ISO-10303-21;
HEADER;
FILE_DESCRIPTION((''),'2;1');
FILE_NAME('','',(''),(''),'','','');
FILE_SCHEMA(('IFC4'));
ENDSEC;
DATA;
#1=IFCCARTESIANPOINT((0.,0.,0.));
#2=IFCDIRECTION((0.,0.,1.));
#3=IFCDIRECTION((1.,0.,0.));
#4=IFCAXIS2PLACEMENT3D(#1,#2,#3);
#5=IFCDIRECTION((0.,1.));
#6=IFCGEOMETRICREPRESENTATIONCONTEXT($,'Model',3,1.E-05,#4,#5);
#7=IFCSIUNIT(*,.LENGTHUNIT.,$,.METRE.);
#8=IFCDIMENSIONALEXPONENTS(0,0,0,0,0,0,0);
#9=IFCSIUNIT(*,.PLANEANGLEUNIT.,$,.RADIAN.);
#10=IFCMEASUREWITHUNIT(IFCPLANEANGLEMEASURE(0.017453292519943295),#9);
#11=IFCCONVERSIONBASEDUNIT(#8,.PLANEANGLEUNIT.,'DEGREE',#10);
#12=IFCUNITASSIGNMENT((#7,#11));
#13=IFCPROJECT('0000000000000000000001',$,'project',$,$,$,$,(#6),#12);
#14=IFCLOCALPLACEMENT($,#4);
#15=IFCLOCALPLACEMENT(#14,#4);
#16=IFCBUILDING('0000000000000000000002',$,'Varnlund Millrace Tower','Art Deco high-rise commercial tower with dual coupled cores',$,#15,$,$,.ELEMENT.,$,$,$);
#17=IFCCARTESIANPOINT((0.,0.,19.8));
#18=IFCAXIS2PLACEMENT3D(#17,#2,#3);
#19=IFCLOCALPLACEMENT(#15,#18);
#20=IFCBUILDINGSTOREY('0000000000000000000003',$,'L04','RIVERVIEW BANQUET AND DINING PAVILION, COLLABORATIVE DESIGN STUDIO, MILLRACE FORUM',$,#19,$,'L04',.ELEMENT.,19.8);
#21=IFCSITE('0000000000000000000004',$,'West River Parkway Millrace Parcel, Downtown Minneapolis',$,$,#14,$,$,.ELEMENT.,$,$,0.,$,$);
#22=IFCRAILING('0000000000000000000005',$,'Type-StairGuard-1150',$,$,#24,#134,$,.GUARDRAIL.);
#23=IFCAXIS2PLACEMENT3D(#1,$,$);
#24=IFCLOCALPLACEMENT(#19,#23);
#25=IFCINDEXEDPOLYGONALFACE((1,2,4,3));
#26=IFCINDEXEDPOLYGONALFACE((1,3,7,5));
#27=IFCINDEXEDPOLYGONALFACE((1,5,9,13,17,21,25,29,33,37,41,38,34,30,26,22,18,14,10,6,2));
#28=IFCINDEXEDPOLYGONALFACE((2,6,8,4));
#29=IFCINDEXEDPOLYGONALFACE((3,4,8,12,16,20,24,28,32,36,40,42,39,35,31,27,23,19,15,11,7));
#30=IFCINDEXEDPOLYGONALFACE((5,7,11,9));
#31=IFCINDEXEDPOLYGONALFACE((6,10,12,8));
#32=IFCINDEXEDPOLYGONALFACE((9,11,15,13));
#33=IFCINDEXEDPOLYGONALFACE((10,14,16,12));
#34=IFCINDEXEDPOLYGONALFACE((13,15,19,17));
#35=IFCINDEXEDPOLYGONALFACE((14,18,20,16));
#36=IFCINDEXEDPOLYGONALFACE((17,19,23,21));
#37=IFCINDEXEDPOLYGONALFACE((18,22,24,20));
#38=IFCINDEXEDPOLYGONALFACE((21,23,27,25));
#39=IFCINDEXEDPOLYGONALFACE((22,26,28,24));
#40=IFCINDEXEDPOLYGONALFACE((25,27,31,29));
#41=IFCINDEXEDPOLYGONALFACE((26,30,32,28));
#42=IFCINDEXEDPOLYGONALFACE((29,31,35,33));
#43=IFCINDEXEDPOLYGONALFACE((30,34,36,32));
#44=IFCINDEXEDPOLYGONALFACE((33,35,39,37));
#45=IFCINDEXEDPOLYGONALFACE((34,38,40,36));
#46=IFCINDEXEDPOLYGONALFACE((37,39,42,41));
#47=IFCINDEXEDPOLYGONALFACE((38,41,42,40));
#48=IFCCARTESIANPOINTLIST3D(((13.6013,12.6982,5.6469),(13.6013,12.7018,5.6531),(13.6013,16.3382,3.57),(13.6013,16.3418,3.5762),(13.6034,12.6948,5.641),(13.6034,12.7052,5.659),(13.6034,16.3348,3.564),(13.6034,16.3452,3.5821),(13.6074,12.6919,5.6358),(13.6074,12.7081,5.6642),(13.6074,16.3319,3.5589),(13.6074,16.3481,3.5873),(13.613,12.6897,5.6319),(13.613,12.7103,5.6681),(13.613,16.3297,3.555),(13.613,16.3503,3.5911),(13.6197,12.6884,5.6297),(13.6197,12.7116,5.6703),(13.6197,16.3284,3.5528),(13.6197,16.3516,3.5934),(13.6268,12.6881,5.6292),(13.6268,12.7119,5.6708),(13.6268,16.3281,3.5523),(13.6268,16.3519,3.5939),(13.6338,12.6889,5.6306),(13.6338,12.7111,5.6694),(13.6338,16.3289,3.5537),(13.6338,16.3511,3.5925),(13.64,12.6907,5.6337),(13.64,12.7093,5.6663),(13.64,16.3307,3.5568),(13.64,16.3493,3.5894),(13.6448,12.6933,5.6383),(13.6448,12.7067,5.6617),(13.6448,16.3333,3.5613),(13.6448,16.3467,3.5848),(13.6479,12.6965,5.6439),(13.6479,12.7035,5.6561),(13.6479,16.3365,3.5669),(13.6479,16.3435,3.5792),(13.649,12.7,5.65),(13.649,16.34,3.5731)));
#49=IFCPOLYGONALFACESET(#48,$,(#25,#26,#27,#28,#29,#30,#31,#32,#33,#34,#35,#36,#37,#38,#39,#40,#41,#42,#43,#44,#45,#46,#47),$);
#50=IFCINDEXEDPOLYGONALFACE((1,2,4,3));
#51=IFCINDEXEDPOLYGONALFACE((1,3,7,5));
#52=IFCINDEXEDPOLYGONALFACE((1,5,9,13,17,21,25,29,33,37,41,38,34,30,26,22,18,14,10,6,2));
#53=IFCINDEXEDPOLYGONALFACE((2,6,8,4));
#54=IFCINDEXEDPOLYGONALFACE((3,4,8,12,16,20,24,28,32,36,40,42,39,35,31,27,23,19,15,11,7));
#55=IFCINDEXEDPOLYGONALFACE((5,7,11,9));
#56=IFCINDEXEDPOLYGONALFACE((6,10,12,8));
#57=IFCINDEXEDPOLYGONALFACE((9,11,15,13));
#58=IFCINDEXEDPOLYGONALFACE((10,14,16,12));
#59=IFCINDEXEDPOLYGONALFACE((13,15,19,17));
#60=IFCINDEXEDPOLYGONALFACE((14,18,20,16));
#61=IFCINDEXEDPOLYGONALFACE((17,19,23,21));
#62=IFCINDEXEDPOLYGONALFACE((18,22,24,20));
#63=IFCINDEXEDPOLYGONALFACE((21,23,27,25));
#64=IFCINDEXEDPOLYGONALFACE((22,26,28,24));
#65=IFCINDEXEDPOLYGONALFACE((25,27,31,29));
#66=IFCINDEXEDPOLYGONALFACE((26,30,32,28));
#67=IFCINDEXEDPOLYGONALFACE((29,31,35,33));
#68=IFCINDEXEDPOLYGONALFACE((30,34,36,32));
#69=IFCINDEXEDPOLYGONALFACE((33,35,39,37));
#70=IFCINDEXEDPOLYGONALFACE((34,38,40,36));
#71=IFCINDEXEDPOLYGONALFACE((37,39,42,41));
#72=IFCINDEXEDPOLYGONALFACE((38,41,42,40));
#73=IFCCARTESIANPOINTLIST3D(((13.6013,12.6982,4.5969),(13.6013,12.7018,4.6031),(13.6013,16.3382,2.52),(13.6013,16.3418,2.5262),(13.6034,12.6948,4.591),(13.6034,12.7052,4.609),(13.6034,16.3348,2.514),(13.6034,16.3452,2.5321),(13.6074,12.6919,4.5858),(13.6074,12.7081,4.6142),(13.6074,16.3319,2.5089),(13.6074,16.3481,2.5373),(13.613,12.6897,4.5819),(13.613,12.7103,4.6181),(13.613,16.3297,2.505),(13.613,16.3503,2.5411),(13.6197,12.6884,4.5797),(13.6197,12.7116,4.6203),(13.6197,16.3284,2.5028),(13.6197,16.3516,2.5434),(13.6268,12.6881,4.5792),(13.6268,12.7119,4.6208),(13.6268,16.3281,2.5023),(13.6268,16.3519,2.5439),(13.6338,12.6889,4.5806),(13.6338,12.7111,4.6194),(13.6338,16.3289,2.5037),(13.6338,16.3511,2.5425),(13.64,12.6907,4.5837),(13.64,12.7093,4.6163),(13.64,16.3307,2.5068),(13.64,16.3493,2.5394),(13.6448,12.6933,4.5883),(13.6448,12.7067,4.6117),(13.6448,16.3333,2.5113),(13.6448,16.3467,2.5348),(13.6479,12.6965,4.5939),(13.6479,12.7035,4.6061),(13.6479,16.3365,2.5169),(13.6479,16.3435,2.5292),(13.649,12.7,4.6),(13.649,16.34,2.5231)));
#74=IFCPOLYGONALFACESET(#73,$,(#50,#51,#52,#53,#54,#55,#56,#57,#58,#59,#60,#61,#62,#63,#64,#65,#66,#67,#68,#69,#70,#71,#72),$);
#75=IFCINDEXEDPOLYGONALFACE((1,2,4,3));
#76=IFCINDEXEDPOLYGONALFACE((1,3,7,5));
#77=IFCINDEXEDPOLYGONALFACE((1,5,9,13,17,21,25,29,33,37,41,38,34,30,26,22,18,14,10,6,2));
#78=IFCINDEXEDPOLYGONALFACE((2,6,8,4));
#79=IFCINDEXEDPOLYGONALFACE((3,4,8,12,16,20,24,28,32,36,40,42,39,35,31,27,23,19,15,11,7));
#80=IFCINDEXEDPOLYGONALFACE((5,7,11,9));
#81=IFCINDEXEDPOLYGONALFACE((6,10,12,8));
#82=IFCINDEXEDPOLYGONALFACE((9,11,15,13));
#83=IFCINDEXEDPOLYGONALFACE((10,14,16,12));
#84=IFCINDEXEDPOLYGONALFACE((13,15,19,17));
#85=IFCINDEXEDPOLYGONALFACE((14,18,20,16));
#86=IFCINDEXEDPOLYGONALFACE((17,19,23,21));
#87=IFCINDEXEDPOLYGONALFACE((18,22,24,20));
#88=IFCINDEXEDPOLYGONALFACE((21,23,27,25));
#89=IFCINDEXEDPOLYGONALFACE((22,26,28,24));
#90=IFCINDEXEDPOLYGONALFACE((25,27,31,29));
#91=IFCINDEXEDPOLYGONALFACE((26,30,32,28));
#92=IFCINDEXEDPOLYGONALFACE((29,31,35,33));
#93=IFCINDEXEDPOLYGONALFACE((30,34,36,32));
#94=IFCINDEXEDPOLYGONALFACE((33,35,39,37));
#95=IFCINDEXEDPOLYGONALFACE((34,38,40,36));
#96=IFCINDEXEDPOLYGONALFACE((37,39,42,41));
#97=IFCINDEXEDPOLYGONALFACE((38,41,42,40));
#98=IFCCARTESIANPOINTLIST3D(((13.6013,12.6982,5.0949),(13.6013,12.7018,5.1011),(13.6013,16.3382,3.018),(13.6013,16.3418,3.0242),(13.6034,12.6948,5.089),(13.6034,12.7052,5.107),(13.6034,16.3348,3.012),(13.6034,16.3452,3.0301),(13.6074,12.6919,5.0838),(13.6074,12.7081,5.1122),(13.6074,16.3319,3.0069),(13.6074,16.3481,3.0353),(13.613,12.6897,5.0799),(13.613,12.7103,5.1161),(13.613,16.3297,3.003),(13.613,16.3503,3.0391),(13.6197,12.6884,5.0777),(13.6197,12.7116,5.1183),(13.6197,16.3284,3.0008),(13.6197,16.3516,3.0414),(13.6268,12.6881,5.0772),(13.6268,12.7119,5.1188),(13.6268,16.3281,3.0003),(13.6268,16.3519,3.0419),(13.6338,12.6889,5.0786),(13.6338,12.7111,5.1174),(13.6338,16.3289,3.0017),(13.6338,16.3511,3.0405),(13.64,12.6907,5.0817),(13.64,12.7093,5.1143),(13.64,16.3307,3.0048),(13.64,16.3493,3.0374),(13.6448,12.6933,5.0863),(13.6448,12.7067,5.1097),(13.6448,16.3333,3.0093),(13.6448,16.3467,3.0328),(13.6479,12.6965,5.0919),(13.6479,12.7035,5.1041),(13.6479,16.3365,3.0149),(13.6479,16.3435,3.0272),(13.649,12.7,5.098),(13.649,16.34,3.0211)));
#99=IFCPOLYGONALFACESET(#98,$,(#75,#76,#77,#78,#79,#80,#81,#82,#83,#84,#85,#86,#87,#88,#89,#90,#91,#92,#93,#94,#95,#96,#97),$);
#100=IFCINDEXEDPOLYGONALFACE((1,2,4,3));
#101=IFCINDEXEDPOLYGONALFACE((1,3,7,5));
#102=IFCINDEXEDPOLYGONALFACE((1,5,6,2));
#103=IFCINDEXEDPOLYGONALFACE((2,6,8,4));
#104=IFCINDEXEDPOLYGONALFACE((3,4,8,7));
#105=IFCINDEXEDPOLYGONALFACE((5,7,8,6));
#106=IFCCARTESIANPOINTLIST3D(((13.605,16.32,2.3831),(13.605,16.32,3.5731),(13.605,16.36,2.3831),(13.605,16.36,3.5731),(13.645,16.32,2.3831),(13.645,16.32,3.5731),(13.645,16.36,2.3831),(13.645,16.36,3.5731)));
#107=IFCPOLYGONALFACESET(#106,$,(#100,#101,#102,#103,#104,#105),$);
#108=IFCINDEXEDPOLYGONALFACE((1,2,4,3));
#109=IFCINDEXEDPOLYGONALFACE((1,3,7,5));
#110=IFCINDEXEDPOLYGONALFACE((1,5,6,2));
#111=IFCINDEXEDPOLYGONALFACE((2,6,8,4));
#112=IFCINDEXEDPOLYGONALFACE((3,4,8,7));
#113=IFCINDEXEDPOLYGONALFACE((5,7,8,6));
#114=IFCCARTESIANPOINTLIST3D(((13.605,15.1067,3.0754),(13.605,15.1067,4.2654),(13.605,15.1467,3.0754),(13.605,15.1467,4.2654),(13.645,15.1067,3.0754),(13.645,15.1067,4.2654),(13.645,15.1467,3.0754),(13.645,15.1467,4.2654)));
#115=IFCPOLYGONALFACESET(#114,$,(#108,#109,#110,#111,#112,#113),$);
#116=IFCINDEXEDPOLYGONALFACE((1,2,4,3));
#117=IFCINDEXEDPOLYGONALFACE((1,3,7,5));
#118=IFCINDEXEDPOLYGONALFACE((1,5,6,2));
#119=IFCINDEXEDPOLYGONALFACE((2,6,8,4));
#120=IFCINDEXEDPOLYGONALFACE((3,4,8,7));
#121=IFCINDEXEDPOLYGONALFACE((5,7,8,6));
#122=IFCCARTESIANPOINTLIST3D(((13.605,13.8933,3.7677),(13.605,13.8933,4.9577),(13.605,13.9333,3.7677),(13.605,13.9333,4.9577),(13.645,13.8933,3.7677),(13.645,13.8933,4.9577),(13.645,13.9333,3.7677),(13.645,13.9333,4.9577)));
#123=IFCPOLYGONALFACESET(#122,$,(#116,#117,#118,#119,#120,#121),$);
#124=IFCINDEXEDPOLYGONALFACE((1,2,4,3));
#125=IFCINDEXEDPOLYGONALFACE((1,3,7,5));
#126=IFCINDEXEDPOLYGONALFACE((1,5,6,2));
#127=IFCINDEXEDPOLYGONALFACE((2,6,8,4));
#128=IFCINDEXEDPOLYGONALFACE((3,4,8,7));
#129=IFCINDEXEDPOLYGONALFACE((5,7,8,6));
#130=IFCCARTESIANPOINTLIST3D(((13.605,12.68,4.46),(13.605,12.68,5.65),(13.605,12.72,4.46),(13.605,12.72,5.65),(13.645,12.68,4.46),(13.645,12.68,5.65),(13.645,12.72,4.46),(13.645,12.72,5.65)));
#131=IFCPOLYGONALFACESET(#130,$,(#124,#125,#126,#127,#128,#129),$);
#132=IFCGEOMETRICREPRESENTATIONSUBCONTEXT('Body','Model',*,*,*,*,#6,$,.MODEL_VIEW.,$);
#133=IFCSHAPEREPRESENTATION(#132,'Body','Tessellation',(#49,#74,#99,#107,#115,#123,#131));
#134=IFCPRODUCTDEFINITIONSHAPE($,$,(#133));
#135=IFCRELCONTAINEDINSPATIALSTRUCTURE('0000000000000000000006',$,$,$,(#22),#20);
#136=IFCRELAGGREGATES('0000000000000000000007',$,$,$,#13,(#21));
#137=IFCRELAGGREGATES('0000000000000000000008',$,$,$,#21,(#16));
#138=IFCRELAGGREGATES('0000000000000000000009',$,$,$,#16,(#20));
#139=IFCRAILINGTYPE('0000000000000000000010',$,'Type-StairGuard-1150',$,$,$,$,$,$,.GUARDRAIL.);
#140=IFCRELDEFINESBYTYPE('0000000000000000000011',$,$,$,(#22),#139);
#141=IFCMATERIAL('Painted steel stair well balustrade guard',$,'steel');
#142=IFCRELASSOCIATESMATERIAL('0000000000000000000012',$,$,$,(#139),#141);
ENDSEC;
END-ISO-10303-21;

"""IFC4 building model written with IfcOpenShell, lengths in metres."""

from ifc_helpers import new_model, entity, si_unit, converted_unit, direction, frame, origin_with_axes, origin_2d_with_axis, place, context, subcontext, project, spatial, rectangle, circle, extrude, material, type_object, element, save


model = new_model("IFC4")

# Units and contexts
model_context = context("Model", 3, precision=1e-05, world=origin_with_axes(), true_north=direction((0.0, 1.0)))
body_context = subcontext(model_context, "Body", "Model", "MODEL_VIEW")
ifc_project = project(units=[si_unit("LENGTHUNIT", "METRE"), converted_unit("PLANEANGLEUNIT", "DEGREE", entity("IfcPlaneAngleMeasure", 0.017453292519943295), si_unit("PLANEANGLEUNIT", "RADIAN"), dimensions=[0, 0, 0, 0, 0, 0, 0])], contexts=[model_context])

# Site, building, storey
site_placement = place(None, origin_with_axes())
site = spatial("IfcSite", under=ifc_project, at=site_placement, Name="West River Parkway Millrace Parcel, Downtown Minneapolis", CompositionType="ELEMENT", RefElevation=0.0)
building_placement = place(site_placement, origin_with_axes())
building = spatial("IfcBuilding", under=site, at=building_placement, Name="Varnlund Millrace Tower", Description="Art Deco high-rise commercial tower with dual coupled cores", CompositionType="ELEMENT")
storey_placement = place(building_placement, frame((0.0, 0.0, 19.8), z_axis=(0.0, 0.0, 1.0), x_axis=(1.0, 0.0, 0.0)))
storey = spatial("IfcBuildingStorey", under=building, at=storey_placement, Name="L04", Description="RIVERVIEW BANQUET AND DINING PAVILION, COLLABORATIVE DESIGN STUDIO, MILLRACE FORUM", LongName="L04", CompositionType="ELEMENT", Elevation=19.8)

# Railing
ifc_material_1 = material(Name="Painted steel stair well balustrade guard", Category="steel")
railing_type_1 = type_object("IfcRailingType", Name="Type-StairGuard-1150", PredefinedType="GUARDRAIL", material=ifc_material_1)
railing_1_placement = place(storey_placement, frame((0.0, 0.0, -19.8), z_axis=(0.0, 0.0, 1.0), x_axis=(1.0, 0.0, 0.0)))
element("IfcRailing", 1, at=railing_1_placement, inside=storey, type_object=railing_type_1, Name="Type-StairGuard-1150", PredefinedType="GUARDRAIL", context=body_context, shape_type="SweptSolid", body=[
    extrude(circle(Radius=0.024, at=origin_2d_with_axis()), frame((13.625, 16.34, 23.3731), z_axis=(0.0, -0.868559, 0.495585), x_axis=(1.0, 0.0, 0.0)), (0.0, 0.0, 1.0), 4.1908),
    extrude(circle(Radius=0.024, at=origin_2d_with_axis()), frame((13.625, 16.34, 22.3231), z_axis=(0.0, -0.868559, 0.495585), x_axis=(1.0, 0.0, 0.0)), (0.0, 0.0, 1.0), 4.1908),
    extrude(circle(Radius=0.024, at=origin_2d_with_axis()), frame((13.625, 16.34, 22.8211), z_axis=(0.0, -0.868559, 0.495585), x_axis=(1.0, 0.0, 0.0)), (0.0, 0.0, 1.0), 4.1908),
    extrude(rectangle(XDim=0.04, YDim=0.04, at=origin_2d_with_axis()), frame((13.625, 16.34, 22.1831), z_axis=(0.0, 0.0, 1.0), x_axis=(1.0, 0.0, 0.0)), (0.0, 0.0, 1.0), 1.19),
    extrude(rectangle(XDim=0.04, YDim=0.04, at=origin_2d_with_axis()), frame((13.625, 15.1267, 22.8754), z_axis=(0.0, 0.0, 1.0), x_axis=(1.0, 0.0, 0.0)), (0.0, 0.0, 1.0), 1.19),
    extrude(rectangle(XDim=0.04, YDim=0.04, at=origin_2d_with_axis()), frame((13.625, 13.9133, 23.5677), z_axis=(0.0, 0.0, 1.0), x_axis=(1.0, 0.0, 0.0)), (0.0, 0.0, 1.0), 1.19),
    extrude(rectangle(XDim=0.04, YDim=0.04, at=origin_2d_with_axis()), frame((13.625, 12.7, 24.26), z_axis=(0.0, 0.0, 1.0), x_axis=(1.0, 0.0, 0.0)), (0.0, 0.0, 1.0), 1.19),
])

save(model, "model.ifc")
